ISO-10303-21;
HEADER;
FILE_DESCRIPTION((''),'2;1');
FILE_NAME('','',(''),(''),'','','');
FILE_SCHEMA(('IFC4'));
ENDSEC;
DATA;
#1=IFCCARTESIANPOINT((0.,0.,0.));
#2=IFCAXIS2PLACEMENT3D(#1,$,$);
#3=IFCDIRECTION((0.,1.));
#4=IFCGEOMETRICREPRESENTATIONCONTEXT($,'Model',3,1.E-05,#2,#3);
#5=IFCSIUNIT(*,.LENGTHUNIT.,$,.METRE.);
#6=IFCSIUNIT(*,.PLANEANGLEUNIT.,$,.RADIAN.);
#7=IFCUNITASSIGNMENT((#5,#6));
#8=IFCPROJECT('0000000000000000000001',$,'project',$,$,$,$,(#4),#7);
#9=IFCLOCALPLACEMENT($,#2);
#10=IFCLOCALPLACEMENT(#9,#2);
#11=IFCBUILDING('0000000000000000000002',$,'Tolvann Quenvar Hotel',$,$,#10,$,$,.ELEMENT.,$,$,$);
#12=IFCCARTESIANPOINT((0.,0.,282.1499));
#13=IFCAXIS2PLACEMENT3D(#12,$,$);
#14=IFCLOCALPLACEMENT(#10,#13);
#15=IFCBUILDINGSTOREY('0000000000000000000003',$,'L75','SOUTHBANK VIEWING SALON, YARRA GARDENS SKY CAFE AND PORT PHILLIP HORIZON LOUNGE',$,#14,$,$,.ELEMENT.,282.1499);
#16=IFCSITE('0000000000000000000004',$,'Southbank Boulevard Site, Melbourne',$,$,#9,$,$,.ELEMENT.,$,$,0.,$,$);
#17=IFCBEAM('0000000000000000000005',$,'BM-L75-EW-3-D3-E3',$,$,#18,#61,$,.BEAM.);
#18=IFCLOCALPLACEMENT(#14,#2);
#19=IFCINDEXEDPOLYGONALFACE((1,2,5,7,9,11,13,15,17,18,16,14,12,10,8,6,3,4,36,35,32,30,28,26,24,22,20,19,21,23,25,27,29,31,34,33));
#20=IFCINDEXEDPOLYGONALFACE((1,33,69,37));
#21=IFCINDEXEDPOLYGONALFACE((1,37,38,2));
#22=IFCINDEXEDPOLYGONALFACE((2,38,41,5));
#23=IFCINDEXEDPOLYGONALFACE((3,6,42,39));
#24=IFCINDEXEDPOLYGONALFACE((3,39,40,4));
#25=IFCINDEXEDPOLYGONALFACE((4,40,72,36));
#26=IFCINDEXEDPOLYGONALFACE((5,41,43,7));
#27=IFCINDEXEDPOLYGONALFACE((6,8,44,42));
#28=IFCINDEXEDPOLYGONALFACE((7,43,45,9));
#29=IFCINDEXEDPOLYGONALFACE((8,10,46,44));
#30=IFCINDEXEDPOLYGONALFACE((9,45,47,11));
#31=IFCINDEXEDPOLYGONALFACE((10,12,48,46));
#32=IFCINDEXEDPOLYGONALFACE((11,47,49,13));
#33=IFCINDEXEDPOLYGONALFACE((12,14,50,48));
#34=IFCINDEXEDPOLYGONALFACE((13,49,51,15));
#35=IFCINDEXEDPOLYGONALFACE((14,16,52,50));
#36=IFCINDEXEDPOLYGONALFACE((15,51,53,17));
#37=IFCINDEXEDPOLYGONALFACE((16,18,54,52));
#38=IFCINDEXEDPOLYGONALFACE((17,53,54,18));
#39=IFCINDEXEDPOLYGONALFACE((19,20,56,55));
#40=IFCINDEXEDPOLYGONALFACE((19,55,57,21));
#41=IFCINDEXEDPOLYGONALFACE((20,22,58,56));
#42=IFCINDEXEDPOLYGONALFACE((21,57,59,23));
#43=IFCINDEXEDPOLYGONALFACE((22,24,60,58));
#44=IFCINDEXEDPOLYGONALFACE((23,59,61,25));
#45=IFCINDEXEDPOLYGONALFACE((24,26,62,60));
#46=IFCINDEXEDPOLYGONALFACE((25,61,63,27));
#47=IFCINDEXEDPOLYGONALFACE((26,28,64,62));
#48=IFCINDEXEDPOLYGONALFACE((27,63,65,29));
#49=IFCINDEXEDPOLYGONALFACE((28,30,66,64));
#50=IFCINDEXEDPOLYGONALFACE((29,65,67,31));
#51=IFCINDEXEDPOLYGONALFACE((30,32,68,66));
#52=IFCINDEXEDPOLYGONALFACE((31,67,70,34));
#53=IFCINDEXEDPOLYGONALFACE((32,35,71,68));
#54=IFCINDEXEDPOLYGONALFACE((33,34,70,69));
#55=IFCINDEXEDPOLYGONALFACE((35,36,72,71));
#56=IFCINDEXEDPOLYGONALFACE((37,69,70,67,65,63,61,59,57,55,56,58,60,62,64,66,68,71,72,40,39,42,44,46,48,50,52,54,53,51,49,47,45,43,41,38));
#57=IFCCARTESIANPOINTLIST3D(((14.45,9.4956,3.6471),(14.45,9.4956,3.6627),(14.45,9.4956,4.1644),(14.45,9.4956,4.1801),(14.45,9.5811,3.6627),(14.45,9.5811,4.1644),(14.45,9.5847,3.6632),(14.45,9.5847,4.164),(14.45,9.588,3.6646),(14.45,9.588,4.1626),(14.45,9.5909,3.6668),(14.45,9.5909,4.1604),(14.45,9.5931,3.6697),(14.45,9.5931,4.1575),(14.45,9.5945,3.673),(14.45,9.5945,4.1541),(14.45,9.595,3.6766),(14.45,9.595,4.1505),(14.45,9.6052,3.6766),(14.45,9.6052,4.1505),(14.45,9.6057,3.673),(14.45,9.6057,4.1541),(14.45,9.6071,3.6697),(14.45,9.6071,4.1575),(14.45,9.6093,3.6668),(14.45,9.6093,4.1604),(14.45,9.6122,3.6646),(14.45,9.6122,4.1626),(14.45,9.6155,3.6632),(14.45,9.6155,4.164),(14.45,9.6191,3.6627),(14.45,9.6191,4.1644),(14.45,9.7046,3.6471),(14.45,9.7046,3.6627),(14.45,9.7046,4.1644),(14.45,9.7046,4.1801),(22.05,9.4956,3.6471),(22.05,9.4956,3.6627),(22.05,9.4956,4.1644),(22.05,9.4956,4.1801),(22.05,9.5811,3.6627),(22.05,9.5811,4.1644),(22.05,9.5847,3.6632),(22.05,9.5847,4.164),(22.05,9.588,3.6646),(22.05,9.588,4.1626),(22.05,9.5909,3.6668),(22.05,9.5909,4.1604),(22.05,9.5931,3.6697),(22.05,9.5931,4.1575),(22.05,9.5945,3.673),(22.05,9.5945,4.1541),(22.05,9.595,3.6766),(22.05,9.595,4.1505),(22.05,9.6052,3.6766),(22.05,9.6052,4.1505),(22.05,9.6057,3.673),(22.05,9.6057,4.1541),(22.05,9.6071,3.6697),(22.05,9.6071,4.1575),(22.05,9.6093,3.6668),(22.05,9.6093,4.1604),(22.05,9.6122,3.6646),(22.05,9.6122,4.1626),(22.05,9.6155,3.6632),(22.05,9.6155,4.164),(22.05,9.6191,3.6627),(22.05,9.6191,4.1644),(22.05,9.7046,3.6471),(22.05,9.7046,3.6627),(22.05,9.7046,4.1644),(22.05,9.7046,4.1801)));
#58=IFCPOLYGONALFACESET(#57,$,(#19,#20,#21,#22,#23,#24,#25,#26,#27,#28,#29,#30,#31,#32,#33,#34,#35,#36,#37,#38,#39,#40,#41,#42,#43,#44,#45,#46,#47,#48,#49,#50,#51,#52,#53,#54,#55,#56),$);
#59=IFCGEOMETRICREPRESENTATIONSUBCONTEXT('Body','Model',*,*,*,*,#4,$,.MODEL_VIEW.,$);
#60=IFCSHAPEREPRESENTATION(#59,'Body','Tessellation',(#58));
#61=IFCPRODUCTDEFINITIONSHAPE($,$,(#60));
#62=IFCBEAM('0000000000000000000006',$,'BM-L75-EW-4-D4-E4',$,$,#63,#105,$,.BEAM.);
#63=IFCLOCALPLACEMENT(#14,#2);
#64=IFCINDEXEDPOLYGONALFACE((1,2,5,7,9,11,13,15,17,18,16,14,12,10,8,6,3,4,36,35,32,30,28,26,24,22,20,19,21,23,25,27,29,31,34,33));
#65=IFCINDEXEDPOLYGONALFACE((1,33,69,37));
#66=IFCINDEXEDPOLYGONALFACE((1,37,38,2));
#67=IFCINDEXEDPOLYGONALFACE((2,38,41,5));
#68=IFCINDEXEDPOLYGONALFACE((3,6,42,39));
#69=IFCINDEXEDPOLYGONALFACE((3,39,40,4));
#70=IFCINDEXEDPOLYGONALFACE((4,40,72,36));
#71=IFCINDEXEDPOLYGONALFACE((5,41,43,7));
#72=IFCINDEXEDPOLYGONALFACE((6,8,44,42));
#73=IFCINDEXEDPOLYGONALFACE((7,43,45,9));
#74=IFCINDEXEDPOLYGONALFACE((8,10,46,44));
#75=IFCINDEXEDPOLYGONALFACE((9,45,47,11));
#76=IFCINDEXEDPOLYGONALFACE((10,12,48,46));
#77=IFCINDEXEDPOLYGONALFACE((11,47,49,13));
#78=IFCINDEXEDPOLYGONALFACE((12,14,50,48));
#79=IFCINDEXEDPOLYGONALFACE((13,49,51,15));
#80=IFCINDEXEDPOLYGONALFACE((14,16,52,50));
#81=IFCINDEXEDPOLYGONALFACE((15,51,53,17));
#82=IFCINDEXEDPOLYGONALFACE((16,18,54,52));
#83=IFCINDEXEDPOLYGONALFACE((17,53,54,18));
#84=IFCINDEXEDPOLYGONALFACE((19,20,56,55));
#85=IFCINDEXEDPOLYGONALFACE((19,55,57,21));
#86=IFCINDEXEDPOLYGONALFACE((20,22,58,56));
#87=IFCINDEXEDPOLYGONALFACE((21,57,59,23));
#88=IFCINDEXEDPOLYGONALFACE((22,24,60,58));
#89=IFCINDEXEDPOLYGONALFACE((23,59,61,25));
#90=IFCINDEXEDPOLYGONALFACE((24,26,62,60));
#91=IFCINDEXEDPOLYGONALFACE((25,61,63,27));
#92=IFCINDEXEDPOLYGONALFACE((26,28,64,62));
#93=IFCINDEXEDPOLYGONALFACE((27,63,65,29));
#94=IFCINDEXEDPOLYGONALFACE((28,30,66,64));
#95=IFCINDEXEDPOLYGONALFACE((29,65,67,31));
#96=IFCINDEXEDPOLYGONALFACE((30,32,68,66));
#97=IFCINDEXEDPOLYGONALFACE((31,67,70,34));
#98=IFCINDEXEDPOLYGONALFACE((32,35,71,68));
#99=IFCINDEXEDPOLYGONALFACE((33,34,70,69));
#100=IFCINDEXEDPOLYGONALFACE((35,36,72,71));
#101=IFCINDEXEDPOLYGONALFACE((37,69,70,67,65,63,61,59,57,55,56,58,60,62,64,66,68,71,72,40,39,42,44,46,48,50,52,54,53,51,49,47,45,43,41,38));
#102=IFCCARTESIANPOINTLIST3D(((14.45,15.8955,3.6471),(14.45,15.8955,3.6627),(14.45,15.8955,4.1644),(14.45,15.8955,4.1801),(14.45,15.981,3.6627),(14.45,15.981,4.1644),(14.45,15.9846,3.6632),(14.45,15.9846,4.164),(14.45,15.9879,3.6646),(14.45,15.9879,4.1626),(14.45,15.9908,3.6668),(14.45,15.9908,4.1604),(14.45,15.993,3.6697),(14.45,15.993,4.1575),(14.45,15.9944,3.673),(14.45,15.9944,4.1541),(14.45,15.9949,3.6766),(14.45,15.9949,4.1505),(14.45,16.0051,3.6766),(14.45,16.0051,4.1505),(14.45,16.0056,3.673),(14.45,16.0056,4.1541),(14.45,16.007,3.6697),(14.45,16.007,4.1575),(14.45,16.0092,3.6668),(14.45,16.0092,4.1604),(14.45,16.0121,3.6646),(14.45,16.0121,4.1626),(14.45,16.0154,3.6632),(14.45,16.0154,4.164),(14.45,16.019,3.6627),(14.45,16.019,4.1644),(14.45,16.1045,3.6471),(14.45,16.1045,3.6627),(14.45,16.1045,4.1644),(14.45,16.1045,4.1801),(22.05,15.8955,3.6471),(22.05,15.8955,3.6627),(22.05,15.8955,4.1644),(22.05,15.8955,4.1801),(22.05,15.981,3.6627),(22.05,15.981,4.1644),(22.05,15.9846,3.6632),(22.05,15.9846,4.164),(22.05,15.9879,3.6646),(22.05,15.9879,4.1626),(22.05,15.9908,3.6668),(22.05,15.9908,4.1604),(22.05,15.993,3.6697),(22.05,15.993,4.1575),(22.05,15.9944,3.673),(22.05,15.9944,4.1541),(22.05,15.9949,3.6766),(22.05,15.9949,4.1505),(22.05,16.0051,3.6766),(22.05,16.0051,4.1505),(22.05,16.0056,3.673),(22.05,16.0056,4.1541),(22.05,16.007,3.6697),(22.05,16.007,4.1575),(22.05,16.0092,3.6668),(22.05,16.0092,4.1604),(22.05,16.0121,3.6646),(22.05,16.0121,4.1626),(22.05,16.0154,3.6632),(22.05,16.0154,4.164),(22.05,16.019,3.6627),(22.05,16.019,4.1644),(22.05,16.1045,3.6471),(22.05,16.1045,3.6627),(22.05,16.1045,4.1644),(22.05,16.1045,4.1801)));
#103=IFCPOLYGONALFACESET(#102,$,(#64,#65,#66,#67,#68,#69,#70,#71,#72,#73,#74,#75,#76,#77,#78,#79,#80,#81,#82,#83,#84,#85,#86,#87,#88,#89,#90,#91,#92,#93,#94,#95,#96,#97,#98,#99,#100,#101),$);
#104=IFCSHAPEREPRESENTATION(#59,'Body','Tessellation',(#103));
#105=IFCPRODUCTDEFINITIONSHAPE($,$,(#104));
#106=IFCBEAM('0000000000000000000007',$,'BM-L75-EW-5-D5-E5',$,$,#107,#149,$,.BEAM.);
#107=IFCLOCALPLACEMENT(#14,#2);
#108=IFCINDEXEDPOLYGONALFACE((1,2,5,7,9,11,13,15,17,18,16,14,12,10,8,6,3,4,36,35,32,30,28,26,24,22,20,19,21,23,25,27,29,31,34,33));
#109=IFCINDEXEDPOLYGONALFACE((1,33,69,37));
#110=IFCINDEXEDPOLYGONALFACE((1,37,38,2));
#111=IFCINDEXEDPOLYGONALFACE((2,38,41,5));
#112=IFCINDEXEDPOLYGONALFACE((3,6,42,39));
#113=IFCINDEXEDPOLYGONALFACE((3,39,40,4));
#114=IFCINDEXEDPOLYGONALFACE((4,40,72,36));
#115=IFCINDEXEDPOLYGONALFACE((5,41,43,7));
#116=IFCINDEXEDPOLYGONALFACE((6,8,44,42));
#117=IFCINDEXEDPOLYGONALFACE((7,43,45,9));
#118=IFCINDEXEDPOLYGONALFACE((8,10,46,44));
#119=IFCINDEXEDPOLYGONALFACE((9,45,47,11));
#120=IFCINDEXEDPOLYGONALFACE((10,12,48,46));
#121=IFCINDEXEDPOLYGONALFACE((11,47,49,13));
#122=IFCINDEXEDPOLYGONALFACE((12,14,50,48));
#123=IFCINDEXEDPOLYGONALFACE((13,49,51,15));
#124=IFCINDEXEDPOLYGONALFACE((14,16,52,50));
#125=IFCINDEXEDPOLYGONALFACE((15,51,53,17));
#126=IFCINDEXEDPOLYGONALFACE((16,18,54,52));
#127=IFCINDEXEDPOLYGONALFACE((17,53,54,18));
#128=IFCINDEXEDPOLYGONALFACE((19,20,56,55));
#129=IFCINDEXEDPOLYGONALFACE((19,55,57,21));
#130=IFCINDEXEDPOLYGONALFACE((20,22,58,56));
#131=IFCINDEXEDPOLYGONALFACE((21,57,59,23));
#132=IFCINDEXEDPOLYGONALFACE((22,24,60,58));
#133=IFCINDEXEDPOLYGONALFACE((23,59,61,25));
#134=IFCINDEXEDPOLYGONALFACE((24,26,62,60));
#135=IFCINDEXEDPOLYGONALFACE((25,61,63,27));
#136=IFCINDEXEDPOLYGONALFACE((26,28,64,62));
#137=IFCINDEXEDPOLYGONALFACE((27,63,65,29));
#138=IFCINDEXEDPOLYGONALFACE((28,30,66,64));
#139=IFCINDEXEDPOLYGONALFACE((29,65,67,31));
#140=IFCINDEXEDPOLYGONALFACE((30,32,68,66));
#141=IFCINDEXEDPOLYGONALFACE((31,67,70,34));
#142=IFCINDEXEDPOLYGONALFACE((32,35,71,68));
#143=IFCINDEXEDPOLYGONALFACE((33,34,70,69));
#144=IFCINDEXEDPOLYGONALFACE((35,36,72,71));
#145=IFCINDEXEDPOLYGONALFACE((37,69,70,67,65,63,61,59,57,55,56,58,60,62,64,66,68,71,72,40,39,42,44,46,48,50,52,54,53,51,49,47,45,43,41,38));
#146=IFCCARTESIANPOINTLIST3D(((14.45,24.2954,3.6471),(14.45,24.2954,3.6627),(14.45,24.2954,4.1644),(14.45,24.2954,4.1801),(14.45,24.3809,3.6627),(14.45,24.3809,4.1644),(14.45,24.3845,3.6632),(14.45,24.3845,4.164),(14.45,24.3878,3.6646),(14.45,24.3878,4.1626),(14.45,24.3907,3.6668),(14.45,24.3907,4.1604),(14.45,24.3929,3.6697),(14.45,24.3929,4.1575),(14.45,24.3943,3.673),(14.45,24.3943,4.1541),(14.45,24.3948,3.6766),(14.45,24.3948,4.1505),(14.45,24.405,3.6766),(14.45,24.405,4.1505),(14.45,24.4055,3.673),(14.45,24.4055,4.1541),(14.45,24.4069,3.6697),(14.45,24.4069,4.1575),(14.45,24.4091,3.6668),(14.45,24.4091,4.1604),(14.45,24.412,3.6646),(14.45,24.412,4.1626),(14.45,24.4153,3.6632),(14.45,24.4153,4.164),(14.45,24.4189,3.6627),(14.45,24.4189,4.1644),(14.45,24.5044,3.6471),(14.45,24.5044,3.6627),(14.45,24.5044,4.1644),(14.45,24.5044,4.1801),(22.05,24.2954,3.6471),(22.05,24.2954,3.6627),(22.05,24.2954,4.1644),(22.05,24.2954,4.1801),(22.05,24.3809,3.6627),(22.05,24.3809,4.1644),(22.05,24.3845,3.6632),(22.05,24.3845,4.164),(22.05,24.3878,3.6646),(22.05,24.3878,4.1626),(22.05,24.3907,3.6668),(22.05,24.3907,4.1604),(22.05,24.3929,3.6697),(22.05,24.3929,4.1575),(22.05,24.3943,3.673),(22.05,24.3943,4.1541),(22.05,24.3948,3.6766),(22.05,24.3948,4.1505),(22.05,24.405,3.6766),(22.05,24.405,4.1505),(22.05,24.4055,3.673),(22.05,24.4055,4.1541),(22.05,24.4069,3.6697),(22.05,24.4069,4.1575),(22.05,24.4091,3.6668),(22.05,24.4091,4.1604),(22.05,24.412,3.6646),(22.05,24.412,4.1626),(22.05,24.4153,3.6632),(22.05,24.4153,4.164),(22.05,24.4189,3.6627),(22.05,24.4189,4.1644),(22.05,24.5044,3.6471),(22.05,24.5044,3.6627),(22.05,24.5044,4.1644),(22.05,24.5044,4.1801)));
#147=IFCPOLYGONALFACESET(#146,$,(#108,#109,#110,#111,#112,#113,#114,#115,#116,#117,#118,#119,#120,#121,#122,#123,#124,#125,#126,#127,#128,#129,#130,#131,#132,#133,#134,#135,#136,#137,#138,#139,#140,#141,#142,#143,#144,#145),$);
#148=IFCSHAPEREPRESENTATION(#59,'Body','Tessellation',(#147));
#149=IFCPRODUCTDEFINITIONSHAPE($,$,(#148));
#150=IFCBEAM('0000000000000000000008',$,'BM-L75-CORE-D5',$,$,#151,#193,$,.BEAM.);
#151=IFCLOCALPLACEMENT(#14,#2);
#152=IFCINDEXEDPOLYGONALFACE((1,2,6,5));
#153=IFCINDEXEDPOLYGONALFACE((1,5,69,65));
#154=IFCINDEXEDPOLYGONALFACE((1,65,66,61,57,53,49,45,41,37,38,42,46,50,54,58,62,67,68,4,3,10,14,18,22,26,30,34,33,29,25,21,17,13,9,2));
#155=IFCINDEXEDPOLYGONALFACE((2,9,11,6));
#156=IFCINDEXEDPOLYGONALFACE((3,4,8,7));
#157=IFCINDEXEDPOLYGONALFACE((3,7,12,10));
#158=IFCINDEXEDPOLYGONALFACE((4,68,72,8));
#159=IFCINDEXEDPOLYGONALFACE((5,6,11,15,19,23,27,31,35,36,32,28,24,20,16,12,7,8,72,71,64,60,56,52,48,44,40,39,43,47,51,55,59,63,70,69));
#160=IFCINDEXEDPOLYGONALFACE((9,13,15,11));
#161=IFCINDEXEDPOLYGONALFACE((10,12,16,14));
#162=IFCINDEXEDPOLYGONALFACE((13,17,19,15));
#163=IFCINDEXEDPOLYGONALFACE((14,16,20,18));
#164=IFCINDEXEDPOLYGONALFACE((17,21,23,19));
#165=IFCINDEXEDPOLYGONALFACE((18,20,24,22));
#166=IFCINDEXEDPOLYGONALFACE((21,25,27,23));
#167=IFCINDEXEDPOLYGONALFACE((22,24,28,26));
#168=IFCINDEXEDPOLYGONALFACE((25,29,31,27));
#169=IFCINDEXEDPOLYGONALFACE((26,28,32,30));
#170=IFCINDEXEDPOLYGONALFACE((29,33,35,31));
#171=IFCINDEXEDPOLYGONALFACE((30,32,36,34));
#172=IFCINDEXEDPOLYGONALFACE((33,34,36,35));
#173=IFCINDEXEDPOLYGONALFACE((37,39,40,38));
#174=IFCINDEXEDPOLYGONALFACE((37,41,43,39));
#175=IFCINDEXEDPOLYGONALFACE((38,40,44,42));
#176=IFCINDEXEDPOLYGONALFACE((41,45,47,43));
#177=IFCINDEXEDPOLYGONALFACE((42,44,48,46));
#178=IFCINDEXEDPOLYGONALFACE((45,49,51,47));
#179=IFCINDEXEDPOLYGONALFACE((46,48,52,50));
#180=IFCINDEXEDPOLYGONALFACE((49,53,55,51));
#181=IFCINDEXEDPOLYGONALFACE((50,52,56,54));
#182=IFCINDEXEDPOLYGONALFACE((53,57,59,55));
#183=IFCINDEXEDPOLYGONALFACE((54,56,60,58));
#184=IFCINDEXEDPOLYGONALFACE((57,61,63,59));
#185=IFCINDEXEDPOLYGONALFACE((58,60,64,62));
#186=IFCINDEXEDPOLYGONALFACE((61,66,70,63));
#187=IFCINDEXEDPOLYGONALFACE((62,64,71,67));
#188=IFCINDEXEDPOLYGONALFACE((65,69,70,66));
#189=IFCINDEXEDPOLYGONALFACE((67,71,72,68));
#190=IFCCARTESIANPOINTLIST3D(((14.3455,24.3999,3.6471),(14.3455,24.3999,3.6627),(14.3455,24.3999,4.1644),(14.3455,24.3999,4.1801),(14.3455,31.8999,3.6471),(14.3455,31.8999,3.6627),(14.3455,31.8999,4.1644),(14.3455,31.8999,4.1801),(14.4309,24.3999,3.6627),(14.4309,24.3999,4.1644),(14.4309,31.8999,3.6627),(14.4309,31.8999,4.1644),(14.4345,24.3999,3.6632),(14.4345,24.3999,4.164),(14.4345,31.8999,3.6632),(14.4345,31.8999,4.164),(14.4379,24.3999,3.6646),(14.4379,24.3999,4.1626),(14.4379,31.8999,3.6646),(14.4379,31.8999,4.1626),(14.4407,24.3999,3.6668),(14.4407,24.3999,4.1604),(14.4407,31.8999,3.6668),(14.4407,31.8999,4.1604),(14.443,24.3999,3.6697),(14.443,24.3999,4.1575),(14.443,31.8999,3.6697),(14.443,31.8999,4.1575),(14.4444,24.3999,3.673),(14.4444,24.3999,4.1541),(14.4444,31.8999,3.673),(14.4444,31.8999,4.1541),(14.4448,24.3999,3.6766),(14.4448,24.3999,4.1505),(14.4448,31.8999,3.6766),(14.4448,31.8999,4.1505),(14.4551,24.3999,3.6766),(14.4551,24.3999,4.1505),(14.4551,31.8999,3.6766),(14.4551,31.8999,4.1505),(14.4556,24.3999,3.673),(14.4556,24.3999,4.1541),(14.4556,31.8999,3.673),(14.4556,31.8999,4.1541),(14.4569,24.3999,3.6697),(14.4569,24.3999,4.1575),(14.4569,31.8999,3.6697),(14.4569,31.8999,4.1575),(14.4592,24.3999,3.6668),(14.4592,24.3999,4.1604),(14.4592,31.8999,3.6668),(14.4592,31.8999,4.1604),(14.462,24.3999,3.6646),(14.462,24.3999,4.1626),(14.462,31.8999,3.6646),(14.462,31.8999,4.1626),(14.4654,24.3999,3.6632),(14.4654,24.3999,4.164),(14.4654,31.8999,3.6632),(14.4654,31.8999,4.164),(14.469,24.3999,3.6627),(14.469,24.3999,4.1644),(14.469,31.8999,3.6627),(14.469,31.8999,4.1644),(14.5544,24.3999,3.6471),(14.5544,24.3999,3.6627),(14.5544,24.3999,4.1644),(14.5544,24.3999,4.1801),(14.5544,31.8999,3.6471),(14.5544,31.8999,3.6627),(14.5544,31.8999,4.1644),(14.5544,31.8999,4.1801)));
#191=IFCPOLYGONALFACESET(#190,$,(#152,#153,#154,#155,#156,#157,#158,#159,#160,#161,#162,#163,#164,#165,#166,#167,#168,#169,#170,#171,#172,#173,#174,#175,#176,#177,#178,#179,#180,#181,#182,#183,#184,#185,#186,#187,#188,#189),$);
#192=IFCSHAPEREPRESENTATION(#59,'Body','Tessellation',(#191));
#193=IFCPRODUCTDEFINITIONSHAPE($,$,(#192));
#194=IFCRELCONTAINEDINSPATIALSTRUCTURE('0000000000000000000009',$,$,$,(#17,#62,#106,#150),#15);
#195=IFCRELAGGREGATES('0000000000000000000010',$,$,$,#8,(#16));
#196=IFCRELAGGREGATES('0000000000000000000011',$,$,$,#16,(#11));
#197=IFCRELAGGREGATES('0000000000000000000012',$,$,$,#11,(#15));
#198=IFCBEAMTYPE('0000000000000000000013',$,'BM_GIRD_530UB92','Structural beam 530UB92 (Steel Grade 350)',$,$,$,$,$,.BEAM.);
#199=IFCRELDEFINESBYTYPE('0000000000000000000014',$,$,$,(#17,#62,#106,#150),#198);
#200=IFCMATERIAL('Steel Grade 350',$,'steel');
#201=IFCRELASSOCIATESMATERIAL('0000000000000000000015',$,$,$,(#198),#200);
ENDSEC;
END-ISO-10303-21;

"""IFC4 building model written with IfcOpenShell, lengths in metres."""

from ifc_helpers import new_model, si_unit, direction, frame, origin, origin_2d, place, context, subcontext, project, spatial, i_section, extrude, source, transform, mapped, material, material_profile, profile_set, type_object, element, save


model = new_model("IFC4")

# Units and contexts
model_context = context("Model", 3, precision=1e-05, world=origin(), true_north=direction((0.0, 1.0)))
body_context = subcontext(model_context, "Body", "Model", "MODEL_VIEW")
ifc_project = project(units=[si_unit("LENGTHUNIT", "METRE"), si_unit("PLANEANGLEUNIT", "RADIAN")], contexts=[model_context])

# Site, building, storey
site_placement = place(None, origin())
site = spatial("IfcSite", under=ifc_project, at=site_placement, Name="Southbank Boulevard Site, Melbourne", CompositionType="ELEMENT", RefElevation=0.0)
building_placement = place(site_placement, origin())
building = spatial("IfcBuilding", under=site, at=building_placement, Name="Tolvann Quenvar Hotel", CompositionType="ELEMENT")
storey_placement = place(building_placement, frame((0.0, 0.0, 282.1499)))
storey = spatial("IfcBuildingStorey", under=building, at=storey_placement, Name="L75", Description="SOUTHBANK VIEWING SALON, YARRA GARDENS SKY CAFE AND PORT PHILLIP HORIZON LOUNGE", CompositionType="ELEMENT", Elevation=282.1499)

# Shared definitions
ifc_material_1 = material(Name="Steel Grade 350", Category="steel")

# Beams
ifc_material_profile_1 = material_profile(ifc_material_1, i_section(OverallWidth=0.209, OverallDepth=0.533, WebThickness=0.0103, FlangeThickness=0.0156, FilletRadius=0.0139, at=origin_2d()), Name="530UB92")
ifc_profile_set_1 = profile_set([ifc_material_profile_1], Name="Steel Grade 350")
beam_type_1 = type_object("IfcBeamType", Name="BM_GIRD_530UB92", Description="Structural beam 530UB92 (Steel Grade 350)", PredefinedType="BEAM", material=ifc_profile_set_1)
shared_shape_1 = source(origin(), body_context, "Body", "SweptSolid", [
    extrude(i_section(OverallWidth=0.209, OverallDepth=0.533, WebThickness=0.0103, FlangeThickness=0.0156, FilletRadius=0.0139, at=origin_2d()), origin(), (0.0, 0.0, 1.0), 7.6001),
])
for number, where, z_axis, x_axis, name in (
    (1, (14.45, 9.6001, 3.9136), (1.0, 0.0, 0.0), (0.0, 1.0, 0.0), "BM-L75-EW-3-D3-E3"),
    (2, (14.45, 16.0, 3.9136), (1.0, 0.0, 0.0), (0.0, 1.0, 0.0), "BM-L75-EW-4-D4-E4"),
    (3, (14.45, 24.3999, 3.9136), (1.0, 0.0, 0.0), (0.0, 1.0, 0.0), "BM-L75-EW-5-D5-E5"),
):
    element("IfcBeam", number, at=place(storey_placement, frame(where, z_axis=z_axis, x_axis=x_axis)), inside=storey, type_object=beam_type_1, Name=name, PredefinedType="BEAM", context=body_context, shape_type="MappedRepresentation", body=[
        mapped(shared_shape_1, transform((0.0, 0.0, 0.0), x_axis=(1.0, 0.0, 0.0), y_axis=(0.0, 1.0, 0.0), z_axis=(0.0, 0.0, 1.0), scale=1.0)),
    ])
shared_shape_2 = source(origin(), body_context, "Body", "SweptSolid", [
    extrude(i_section(OverallWidth=0.209, OverallDepth=0.533, WebThickness=0.0103, FlangeThickness=0.0156, FilletRadius=0.0139, at=origin_2d()), origin(), (0.0, 0.0, 1.0), 7.5),
])
beam_1_placement = place(storey_placement, frame((14.45, 24.3999, 3.9136), z_axis=(0.0, 1.0, 0.0), x_axis=(-1.0, 0.0, 0.0)))
element("IfcBeam", 4, at=beam_1_placement, inside=storey, type_object=beam_type_1, Name="BM-L75-CORE-D5", PredefinedType="BEAM", context=body_context, shape_type="MappedRepresentation", body=[
    mapped(shared_shape_2, transform((0.0, 0.0, 0.0), x_axis=(1.0, 0.0, 0.0), y_axis=(0.0, 1.0, 0.0), z_axis=(0.0, 0.0, 1.0), scale=1.0)),
])

save(model, "model.ifc")
